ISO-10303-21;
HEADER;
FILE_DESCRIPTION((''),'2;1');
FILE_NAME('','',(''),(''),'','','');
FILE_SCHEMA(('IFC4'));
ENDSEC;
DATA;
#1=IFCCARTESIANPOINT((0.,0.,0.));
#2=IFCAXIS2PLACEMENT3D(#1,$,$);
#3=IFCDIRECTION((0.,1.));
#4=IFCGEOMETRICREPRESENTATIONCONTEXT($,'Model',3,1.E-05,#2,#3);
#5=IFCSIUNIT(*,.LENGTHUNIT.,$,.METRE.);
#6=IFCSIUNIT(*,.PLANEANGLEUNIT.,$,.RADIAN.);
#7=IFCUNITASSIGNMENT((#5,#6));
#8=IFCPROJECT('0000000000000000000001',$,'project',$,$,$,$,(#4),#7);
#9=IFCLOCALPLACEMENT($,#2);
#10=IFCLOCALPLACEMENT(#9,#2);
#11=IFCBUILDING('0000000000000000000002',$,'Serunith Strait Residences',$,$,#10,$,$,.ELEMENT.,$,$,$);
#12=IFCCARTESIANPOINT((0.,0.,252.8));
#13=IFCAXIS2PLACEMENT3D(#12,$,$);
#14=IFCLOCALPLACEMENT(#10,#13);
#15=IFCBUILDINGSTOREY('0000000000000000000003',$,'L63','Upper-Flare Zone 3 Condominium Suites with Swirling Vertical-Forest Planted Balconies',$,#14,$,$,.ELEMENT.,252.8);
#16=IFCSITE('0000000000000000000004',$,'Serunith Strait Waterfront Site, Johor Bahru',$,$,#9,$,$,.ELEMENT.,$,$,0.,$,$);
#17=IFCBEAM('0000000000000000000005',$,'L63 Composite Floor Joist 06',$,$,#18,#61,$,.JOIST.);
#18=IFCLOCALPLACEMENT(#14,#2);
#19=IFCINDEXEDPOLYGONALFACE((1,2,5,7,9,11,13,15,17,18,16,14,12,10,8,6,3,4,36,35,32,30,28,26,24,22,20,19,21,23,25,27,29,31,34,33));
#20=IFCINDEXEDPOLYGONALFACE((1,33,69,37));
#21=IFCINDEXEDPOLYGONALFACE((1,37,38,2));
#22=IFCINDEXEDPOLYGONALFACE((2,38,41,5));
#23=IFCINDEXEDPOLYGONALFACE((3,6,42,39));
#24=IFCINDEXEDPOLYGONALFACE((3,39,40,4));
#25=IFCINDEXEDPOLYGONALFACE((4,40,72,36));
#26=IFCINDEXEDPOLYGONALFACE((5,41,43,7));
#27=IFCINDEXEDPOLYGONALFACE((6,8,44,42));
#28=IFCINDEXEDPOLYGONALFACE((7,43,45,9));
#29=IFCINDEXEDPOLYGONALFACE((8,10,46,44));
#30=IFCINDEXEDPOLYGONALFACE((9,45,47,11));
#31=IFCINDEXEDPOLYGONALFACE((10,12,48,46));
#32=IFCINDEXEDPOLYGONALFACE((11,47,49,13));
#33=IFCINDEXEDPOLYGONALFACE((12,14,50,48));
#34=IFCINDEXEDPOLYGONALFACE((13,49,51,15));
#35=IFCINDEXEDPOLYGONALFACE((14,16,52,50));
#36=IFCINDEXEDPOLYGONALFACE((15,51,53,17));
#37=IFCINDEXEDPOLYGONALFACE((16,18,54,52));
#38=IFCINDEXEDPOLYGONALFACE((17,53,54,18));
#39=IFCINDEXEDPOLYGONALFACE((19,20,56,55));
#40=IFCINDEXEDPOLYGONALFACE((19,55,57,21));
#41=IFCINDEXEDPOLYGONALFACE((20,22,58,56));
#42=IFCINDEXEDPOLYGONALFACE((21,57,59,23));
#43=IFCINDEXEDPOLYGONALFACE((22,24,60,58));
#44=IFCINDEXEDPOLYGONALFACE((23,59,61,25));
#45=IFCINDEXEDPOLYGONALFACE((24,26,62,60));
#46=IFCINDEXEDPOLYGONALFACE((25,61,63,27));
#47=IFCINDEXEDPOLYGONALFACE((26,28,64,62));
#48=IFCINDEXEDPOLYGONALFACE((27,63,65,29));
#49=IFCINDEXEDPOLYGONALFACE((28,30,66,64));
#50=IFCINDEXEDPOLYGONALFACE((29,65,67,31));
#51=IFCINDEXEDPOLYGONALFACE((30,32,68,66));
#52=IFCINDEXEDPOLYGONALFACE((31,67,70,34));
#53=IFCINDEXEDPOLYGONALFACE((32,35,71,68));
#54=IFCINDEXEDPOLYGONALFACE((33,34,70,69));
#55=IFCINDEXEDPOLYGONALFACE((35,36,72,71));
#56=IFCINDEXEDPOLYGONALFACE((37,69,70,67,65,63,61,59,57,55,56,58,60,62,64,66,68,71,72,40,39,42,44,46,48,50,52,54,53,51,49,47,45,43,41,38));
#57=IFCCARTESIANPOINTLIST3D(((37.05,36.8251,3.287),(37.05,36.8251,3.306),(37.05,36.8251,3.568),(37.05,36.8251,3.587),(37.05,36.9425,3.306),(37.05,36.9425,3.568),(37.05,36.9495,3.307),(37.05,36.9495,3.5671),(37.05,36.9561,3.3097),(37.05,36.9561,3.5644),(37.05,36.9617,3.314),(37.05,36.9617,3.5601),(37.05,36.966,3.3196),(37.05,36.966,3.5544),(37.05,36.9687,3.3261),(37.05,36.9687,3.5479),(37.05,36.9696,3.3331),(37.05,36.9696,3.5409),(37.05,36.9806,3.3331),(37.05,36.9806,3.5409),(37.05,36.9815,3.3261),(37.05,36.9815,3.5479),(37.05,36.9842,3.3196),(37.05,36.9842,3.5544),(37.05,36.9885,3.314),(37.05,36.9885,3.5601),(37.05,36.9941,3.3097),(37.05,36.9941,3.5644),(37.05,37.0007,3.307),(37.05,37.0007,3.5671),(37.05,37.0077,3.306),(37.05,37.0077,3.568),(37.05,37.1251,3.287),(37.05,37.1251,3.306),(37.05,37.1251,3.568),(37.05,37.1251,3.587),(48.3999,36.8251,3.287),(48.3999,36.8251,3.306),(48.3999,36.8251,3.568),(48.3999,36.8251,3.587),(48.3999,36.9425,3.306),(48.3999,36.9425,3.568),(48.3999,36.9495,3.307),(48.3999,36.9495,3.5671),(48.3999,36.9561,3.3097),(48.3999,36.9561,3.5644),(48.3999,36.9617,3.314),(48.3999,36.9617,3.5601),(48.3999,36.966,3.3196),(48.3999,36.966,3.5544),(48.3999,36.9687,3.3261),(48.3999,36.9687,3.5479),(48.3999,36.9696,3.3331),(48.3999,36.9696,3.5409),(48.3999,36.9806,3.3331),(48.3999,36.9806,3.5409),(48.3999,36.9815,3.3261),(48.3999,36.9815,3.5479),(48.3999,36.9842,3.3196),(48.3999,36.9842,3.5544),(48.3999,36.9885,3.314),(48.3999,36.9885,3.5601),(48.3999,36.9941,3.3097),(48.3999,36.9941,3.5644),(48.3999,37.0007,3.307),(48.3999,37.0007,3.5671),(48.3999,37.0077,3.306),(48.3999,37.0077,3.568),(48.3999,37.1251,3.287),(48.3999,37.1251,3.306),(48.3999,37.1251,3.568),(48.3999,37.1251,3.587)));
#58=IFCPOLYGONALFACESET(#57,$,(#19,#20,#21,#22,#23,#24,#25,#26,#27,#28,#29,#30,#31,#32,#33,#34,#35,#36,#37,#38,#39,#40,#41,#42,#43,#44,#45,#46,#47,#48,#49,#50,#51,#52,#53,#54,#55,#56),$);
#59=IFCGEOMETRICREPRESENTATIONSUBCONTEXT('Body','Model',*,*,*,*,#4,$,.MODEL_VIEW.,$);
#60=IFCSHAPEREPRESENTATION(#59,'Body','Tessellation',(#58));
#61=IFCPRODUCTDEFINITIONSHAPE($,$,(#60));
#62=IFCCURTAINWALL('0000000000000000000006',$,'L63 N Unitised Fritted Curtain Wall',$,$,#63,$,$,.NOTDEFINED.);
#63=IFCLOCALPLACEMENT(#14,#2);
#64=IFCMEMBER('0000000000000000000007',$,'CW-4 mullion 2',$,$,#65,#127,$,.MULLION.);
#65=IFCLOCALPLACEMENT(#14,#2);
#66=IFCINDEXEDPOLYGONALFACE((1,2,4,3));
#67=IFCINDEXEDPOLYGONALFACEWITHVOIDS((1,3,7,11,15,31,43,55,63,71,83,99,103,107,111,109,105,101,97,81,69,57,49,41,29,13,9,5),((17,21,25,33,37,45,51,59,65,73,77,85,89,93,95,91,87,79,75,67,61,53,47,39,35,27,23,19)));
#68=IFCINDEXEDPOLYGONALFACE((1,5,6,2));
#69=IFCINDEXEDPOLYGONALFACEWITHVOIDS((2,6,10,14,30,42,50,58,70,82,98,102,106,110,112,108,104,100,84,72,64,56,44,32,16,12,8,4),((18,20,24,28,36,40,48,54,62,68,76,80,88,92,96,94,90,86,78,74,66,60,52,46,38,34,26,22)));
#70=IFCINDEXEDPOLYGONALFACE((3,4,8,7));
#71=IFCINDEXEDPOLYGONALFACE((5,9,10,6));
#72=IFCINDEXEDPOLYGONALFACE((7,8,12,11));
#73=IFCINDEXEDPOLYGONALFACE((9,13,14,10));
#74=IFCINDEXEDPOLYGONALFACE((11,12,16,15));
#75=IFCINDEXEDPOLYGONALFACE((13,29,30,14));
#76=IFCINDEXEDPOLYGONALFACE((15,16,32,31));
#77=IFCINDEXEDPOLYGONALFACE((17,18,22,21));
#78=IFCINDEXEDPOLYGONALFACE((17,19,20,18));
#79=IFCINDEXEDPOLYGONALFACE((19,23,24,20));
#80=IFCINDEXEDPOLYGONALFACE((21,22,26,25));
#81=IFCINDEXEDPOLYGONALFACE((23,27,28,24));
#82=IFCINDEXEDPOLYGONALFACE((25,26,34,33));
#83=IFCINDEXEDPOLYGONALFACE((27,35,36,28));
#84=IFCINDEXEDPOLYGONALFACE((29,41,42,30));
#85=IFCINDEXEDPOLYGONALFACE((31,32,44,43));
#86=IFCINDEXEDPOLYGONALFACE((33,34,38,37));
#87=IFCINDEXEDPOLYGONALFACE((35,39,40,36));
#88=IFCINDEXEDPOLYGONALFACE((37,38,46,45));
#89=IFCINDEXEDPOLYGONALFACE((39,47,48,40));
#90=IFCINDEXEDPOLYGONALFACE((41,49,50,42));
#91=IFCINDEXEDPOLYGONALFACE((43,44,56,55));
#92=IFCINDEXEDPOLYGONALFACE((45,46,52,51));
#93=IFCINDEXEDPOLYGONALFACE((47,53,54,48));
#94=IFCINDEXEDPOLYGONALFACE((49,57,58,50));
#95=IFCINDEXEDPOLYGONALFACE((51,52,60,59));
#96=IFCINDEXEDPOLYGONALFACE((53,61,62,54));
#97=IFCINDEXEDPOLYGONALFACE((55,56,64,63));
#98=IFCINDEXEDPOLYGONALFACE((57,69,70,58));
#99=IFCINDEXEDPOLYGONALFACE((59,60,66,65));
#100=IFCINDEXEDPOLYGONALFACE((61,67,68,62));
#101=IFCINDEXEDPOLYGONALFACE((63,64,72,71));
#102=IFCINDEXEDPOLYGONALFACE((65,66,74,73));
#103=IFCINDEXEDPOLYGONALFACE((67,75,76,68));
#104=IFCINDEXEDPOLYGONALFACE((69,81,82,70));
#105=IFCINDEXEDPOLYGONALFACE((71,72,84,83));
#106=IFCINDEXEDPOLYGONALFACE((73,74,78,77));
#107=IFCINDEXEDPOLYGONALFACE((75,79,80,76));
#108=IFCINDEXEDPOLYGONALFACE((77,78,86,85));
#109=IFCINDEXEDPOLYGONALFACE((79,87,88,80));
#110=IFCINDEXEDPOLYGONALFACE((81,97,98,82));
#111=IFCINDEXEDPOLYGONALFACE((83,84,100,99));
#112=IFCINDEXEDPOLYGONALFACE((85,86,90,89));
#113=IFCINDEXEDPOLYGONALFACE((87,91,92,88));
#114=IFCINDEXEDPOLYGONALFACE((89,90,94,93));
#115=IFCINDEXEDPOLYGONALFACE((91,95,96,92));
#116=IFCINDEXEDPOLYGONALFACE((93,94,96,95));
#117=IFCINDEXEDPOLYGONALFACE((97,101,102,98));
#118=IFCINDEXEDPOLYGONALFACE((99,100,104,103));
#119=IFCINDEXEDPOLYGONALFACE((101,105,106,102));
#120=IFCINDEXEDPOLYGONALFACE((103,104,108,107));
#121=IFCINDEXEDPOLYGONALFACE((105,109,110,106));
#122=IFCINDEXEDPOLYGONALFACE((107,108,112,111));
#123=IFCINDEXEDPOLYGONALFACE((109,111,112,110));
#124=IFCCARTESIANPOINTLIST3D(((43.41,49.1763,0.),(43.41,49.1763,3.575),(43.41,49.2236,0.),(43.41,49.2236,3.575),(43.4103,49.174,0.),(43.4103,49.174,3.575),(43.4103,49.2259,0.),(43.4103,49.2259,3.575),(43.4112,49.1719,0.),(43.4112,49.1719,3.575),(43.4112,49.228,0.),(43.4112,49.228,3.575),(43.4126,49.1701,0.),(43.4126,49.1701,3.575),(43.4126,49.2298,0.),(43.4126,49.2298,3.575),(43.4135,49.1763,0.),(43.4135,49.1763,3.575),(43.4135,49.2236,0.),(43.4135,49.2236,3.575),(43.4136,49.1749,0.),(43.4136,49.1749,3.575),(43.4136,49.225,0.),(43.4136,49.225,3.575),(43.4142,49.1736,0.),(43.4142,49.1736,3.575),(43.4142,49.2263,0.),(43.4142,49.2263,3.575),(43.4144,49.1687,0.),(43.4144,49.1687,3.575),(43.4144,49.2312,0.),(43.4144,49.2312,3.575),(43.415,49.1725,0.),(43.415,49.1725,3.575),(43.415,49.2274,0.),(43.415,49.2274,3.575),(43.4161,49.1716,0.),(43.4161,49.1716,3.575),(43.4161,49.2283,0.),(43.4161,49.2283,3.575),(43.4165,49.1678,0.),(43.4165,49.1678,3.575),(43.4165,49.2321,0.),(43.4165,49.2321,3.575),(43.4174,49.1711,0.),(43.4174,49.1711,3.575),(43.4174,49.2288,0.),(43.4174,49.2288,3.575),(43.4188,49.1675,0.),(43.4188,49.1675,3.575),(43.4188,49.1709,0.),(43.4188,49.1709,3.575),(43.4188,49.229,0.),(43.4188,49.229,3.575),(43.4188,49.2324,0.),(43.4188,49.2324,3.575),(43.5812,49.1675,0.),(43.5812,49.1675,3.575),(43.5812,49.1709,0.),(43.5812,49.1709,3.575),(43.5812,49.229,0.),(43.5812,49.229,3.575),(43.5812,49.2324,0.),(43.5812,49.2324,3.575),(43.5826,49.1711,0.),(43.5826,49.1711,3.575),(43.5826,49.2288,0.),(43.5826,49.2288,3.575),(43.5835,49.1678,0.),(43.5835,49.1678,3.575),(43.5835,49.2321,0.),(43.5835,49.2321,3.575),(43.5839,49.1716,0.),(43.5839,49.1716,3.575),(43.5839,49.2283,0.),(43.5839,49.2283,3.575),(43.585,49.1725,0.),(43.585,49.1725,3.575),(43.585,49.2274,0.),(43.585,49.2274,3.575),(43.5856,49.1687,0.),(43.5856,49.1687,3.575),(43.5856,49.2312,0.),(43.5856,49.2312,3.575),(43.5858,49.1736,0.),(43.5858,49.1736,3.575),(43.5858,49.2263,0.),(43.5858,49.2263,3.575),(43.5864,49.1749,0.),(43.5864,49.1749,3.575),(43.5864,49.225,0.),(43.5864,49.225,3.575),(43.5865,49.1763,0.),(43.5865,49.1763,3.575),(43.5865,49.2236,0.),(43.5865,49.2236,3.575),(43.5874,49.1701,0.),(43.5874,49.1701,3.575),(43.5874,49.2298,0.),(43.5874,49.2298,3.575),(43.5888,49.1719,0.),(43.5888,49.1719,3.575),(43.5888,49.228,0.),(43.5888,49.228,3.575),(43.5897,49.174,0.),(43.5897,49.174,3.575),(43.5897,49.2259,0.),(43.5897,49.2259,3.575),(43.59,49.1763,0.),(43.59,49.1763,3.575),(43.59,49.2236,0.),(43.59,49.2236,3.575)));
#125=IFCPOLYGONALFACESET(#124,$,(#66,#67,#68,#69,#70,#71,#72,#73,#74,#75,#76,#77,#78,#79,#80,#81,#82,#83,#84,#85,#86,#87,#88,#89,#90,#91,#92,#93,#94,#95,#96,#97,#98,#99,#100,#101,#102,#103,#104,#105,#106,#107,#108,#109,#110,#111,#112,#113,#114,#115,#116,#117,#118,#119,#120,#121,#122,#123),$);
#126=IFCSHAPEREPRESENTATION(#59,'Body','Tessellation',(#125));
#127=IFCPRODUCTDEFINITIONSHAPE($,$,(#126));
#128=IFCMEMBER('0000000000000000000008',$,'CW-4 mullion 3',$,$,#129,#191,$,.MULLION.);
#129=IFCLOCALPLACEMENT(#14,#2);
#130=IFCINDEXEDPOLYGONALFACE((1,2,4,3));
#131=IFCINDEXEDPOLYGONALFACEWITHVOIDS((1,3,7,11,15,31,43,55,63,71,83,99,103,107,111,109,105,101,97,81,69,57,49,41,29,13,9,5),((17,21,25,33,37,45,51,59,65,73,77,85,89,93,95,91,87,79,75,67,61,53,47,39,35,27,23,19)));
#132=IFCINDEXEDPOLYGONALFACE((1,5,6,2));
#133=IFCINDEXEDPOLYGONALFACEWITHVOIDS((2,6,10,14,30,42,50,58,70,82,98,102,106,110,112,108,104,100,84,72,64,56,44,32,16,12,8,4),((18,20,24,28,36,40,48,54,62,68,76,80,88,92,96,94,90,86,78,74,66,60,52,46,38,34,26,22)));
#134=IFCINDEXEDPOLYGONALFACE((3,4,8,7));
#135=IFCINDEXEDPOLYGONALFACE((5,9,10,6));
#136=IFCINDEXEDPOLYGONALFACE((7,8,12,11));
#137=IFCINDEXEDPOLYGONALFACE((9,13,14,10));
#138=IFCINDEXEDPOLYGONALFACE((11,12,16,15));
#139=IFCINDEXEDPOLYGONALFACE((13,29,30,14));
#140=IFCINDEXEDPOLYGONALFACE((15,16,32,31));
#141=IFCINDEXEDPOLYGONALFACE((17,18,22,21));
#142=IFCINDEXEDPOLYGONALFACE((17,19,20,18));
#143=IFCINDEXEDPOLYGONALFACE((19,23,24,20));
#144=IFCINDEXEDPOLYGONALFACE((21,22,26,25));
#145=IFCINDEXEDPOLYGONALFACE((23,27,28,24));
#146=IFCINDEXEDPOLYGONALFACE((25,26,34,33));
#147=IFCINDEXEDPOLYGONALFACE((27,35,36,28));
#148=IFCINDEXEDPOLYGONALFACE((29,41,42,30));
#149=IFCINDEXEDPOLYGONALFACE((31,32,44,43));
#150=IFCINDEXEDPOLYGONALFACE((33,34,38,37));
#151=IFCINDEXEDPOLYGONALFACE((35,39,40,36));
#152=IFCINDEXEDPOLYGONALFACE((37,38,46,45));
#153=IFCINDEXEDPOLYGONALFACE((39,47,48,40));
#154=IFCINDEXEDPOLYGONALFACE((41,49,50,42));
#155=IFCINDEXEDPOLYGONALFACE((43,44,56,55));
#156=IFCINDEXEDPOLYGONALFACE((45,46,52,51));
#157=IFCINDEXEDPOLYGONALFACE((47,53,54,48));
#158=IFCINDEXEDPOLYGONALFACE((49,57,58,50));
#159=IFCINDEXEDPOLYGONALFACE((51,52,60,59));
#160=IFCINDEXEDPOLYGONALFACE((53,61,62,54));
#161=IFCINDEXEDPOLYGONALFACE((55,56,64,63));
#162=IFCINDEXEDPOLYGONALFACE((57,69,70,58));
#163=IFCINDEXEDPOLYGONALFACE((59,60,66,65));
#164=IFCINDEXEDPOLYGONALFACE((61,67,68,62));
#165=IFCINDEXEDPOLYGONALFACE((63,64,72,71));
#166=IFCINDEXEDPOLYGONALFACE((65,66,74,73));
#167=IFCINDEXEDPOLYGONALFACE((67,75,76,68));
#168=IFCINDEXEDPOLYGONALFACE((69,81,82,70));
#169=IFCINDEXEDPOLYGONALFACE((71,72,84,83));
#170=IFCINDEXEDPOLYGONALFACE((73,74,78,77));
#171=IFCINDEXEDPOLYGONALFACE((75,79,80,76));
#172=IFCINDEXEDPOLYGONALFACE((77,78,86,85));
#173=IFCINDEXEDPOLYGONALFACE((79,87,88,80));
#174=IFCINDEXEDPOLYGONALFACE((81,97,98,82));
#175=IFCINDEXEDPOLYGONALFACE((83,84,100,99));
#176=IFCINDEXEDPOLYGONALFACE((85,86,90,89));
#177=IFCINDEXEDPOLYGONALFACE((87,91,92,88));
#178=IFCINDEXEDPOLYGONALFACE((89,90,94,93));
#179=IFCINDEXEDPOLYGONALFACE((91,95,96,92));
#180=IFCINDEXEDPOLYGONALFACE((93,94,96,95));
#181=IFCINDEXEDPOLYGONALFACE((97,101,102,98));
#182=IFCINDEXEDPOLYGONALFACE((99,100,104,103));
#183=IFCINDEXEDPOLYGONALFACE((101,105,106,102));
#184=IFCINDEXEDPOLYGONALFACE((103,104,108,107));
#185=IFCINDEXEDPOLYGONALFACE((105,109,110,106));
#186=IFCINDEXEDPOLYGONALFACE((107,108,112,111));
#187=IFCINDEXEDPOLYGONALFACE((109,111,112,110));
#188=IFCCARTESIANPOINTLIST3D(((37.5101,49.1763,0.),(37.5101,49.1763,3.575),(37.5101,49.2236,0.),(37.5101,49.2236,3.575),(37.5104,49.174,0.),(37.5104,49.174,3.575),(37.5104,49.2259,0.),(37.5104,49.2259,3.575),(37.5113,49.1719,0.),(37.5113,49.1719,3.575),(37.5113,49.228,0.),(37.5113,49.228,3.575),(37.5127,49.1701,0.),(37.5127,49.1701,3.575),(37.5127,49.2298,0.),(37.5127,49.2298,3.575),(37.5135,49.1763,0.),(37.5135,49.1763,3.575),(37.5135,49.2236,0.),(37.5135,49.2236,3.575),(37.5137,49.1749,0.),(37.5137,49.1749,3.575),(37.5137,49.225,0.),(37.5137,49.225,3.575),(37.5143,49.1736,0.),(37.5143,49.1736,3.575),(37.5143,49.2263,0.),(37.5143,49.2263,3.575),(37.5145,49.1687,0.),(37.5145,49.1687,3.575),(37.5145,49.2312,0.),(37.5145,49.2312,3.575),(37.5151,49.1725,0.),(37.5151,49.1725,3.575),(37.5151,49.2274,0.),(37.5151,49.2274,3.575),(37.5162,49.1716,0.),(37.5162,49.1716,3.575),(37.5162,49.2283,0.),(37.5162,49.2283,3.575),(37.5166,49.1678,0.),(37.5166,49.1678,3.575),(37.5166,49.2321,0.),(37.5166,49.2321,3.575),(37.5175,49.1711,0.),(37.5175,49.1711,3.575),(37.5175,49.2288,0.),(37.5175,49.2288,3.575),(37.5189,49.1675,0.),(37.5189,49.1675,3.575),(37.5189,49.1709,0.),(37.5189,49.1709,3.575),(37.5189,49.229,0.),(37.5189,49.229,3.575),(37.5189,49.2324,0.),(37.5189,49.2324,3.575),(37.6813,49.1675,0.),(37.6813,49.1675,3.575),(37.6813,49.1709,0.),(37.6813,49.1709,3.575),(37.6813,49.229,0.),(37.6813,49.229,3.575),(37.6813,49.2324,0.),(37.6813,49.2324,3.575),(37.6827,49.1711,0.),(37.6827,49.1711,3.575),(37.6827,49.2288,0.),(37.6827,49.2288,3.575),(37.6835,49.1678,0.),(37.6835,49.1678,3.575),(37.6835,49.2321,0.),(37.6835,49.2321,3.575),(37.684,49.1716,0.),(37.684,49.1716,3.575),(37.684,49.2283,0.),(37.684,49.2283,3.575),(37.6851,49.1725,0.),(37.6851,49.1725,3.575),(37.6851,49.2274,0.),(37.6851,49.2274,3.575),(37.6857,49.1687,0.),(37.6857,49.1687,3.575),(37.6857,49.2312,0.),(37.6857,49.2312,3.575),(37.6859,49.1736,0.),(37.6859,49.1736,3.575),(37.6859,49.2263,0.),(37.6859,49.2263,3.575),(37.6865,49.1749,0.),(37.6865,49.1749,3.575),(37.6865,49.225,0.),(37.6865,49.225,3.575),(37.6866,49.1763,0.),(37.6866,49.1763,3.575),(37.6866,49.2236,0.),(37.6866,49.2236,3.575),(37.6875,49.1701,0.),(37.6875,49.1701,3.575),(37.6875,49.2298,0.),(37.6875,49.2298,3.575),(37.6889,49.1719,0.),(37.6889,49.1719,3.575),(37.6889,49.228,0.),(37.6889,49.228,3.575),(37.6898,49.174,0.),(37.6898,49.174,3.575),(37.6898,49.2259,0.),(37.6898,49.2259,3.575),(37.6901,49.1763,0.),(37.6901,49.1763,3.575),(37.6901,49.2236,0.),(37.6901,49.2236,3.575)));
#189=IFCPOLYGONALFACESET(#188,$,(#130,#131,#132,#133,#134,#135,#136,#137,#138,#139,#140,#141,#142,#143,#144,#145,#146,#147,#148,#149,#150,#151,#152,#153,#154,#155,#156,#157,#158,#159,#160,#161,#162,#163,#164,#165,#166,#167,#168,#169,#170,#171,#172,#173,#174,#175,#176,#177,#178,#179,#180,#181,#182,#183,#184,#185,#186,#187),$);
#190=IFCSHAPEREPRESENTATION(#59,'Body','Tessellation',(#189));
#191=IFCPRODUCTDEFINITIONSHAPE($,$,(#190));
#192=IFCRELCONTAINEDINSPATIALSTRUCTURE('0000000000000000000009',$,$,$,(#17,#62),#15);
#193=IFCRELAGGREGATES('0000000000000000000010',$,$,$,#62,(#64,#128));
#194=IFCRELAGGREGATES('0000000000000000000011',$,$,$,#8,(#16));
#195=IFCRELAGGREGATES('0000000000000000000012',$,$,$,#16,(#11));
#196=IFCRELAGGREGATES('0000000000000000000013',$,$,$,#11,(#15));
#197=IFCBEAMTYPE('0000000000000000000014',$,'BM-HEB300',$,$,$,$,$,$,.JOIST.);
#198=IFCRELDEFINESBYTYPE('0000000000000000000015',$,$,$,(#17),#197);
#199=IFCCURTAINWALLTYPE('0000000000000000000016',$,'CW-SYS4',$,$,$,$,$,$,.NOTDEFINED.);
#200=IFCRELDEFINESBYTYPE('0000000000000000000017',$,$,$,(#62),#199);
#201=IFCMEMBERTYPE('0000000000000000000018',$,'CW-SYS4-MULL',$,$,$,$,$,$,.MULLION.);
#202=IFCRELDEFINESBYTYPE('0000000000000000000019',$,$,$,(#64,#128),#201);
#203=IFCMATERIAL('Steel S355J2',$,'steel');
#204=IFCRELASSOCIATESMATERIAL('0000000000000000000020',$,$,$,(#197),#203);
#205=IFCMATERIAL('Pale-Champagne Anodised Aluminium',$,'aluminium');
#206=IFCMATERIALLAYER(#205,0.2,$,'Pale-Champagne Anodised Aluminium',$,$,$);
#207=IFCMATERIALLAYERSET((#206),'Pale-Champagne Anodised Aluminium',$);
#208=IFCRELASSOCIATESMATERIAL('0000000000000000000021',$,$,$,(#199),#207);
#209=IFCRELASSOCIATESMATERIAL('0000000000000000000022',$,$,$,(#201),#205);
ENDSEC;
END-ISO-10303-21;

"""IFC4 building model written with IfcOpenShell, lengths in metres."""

from ifc_helpers import new_model, si_unit, direction, frame, origin, origin_2d, place, context, subcontext, project, spatial, hollow_rectangle, i_section, extrude, source, transform, mapped, material, layer, layer_set, material_profile, profile_set, type_object, element, aggregate, save


model = new_model("IFC4")

# Units and contexts
model_context = context("Model", 3, precision=1e-05, world=origin(), true_north=direction((0.0, 1.0)))
body_context = subcontext(model_context, "Body", "Model", "MODEL_VIEW")
ifc_project = project(units=[si_unit("LENGTHUNIT", "METRE"), si_unit("PLANEANGLEUNIT", "RADIAN")], contexts=[model_context])

# Site, building, storey
site_placement = place(None, origin())
site = spatial("IfcSite", under=ifc_project, at=site_placement, Name="Serunith Strait Waterfront Site, Johor Bahru", CompositionType="ELEMENT", RefElevation=0.0)
building_placement = place(site_placement, origin())
building = spatial("IfcBuilding", under=site, at=building_placement, Name="Serunith Strait Residences", CompositionType="ELEMENT")
storey_placement = place(building_placement, frame((0.0, 0.0, 252.8)))
storey = spatial("IfcBuildingStorey", under=building, at=storey_placement, Name="L63", Description="Upper-Flare Zone 3 Condominium Suites with Swirling Vertical-Forest Planted Balconies", CompositionType="ELEMENT", Elevation=252.8)

# Beam
ifc_material_1 = material(Name="Steel S355J2", Category="steel")
ifc_material_profile_1 = material_profile(ifc_material_1, i_section(OverallWidth=0.3, OverallDepth=0.3, WebThickness=0.011, FlangeThickness=0.019, FilletRadius=0.0271, at=origin_2d()), Name="HEB 300")
ifc_profile_set_1 = profile_set([ifc_material_profile_1], Name="Steel S355J2")
beam_type_1 = type_object("IfcBeamType", Name="BM-HEB300", PredefinedType="JOIST", material=ifc_profile_set_1)
shared_shape_1 = source(origin(), body_context, "Body", "SweptSolid", [
    extrude(i_section(OverallWidth=0.3, OverallDepth=0.3, WebThickness=0.011, FlangeThickness=0.019, FilletRadius=0.0271, at=origin_2d()), origin(), (0.0, 0.0, 1.0), 11.3499),
])
beam_1_placement = place(storey_placement, frame((37.05, 36.9751, 3.437), z_axis=(1.0, 0.0, 0.0), x_axis=(0.0, 1.0, 0.0)))
element("IfcBeam", 1, at=beam_1_placement, inside=storey, type_object=beam_type_1, Name="L63 Composite Floor Joist 06", PredefinedType="JOIST", context=body_context, shape_type="MappedRepresentation", body=[
    mapped(shared_shape_1, transform((0.0, 0.0, 0.0), scale=1.0)),
])

# Curtain wall, members
ifc_material_2 = material(Name="Pale-Champagne Anodised Aluminium", Category="aluminium")
ifc_layer_1 = layer(ifc_material_2, 0.2, Name="Pale-Champagne Anodised Aluminium")
ifc_layer_set_1 = layer_set([ifc_layer_1], Name="Pale-Champagne Anodised Aluminium")
curtain_wall_type = type_object("IfcCurtainWallType", Name="CW-SYS4", PredefinedType="NOTDEFINED", material=ifc_layer_set_1)
curtain_wall_placement = place(storey_placement, origin())
curtain_wall = element("IfcCurtainWall", 2, at=curtain_wall_placement, inside=storey, type_object=curtain_wall_type, Name="L63 N Unitised Fritted Curtain Wall", PredefinedType="NOTDEFINED")
ifc_material_profile_2 = material_profile(ifc_material_2, hollow_rectangle(XDim=0.0649, YDim=0.1799, WallThickness=0.0034, InnerFilletRadius=0.0054, OuterFilletRadius=0.0088, at=origin_2d()), Name="ALU 180x65x3.5")
ifc_profile_set_2 = profile_set([ifc_material_profile_2], Name="Pale-Champagne Anodised Aluminium")
member_type_1 = type_object("IfcMemberType", Name="CW-SYS4-MULL", PredefinedType="MULLION", material=ifc_profile_set_2)
shared_shape_2 = source(origin(), body_context, "Body", "SweptSolid", [
    extrude(hollow_rectangle(XDim=0.0649, YDim=0.1799, WallThickness=0.0034, InnerFilletRadius=0.0054, OuterFilletRadius=0.0088, at=origin_2d()), origin(), (0.0, 0.0, 1.0), 3.575),
])
member_1_placement = place(storey_placement, frame((43.5, 49.2, 0.0), z_axis=(0.0, 0.0, 1.0), x_axis=(0.0, -1.0, 0.0)))
member_1 = element("IfcMember", 3, at=member_1_placement, type_object=member_type_1, Name="CW-4 mullion 2", PredefinedType="MULLION", context=body_context, shape_type="MappedRepresentation", body=[
    mapped(shared_shape_2, transform((0.0, 0.0, 0.0), scale=1.0)),
])
member_2_placement = place(storey_placement, frame((37.6001, 49.2, 0.0), z_axis=(0.0, 0.0, 1.0), x_axis=(0.0, -1.0, 0.0)))
member_2 = element("IfcMember", 4, at=member_2_placement, type_object=member_type_1, Name="CW-4 mullion 3", PredefinedType="MULLION", context=body_context, shape_type="MappedRepresentation", body=[
    mapped(shared_shape_2, transform((0.0, 0.0, 0.0), scale=1.0)),
])
aggregate(curtain_wall, [member_1, member_2])

save(model, "model.ifc")
